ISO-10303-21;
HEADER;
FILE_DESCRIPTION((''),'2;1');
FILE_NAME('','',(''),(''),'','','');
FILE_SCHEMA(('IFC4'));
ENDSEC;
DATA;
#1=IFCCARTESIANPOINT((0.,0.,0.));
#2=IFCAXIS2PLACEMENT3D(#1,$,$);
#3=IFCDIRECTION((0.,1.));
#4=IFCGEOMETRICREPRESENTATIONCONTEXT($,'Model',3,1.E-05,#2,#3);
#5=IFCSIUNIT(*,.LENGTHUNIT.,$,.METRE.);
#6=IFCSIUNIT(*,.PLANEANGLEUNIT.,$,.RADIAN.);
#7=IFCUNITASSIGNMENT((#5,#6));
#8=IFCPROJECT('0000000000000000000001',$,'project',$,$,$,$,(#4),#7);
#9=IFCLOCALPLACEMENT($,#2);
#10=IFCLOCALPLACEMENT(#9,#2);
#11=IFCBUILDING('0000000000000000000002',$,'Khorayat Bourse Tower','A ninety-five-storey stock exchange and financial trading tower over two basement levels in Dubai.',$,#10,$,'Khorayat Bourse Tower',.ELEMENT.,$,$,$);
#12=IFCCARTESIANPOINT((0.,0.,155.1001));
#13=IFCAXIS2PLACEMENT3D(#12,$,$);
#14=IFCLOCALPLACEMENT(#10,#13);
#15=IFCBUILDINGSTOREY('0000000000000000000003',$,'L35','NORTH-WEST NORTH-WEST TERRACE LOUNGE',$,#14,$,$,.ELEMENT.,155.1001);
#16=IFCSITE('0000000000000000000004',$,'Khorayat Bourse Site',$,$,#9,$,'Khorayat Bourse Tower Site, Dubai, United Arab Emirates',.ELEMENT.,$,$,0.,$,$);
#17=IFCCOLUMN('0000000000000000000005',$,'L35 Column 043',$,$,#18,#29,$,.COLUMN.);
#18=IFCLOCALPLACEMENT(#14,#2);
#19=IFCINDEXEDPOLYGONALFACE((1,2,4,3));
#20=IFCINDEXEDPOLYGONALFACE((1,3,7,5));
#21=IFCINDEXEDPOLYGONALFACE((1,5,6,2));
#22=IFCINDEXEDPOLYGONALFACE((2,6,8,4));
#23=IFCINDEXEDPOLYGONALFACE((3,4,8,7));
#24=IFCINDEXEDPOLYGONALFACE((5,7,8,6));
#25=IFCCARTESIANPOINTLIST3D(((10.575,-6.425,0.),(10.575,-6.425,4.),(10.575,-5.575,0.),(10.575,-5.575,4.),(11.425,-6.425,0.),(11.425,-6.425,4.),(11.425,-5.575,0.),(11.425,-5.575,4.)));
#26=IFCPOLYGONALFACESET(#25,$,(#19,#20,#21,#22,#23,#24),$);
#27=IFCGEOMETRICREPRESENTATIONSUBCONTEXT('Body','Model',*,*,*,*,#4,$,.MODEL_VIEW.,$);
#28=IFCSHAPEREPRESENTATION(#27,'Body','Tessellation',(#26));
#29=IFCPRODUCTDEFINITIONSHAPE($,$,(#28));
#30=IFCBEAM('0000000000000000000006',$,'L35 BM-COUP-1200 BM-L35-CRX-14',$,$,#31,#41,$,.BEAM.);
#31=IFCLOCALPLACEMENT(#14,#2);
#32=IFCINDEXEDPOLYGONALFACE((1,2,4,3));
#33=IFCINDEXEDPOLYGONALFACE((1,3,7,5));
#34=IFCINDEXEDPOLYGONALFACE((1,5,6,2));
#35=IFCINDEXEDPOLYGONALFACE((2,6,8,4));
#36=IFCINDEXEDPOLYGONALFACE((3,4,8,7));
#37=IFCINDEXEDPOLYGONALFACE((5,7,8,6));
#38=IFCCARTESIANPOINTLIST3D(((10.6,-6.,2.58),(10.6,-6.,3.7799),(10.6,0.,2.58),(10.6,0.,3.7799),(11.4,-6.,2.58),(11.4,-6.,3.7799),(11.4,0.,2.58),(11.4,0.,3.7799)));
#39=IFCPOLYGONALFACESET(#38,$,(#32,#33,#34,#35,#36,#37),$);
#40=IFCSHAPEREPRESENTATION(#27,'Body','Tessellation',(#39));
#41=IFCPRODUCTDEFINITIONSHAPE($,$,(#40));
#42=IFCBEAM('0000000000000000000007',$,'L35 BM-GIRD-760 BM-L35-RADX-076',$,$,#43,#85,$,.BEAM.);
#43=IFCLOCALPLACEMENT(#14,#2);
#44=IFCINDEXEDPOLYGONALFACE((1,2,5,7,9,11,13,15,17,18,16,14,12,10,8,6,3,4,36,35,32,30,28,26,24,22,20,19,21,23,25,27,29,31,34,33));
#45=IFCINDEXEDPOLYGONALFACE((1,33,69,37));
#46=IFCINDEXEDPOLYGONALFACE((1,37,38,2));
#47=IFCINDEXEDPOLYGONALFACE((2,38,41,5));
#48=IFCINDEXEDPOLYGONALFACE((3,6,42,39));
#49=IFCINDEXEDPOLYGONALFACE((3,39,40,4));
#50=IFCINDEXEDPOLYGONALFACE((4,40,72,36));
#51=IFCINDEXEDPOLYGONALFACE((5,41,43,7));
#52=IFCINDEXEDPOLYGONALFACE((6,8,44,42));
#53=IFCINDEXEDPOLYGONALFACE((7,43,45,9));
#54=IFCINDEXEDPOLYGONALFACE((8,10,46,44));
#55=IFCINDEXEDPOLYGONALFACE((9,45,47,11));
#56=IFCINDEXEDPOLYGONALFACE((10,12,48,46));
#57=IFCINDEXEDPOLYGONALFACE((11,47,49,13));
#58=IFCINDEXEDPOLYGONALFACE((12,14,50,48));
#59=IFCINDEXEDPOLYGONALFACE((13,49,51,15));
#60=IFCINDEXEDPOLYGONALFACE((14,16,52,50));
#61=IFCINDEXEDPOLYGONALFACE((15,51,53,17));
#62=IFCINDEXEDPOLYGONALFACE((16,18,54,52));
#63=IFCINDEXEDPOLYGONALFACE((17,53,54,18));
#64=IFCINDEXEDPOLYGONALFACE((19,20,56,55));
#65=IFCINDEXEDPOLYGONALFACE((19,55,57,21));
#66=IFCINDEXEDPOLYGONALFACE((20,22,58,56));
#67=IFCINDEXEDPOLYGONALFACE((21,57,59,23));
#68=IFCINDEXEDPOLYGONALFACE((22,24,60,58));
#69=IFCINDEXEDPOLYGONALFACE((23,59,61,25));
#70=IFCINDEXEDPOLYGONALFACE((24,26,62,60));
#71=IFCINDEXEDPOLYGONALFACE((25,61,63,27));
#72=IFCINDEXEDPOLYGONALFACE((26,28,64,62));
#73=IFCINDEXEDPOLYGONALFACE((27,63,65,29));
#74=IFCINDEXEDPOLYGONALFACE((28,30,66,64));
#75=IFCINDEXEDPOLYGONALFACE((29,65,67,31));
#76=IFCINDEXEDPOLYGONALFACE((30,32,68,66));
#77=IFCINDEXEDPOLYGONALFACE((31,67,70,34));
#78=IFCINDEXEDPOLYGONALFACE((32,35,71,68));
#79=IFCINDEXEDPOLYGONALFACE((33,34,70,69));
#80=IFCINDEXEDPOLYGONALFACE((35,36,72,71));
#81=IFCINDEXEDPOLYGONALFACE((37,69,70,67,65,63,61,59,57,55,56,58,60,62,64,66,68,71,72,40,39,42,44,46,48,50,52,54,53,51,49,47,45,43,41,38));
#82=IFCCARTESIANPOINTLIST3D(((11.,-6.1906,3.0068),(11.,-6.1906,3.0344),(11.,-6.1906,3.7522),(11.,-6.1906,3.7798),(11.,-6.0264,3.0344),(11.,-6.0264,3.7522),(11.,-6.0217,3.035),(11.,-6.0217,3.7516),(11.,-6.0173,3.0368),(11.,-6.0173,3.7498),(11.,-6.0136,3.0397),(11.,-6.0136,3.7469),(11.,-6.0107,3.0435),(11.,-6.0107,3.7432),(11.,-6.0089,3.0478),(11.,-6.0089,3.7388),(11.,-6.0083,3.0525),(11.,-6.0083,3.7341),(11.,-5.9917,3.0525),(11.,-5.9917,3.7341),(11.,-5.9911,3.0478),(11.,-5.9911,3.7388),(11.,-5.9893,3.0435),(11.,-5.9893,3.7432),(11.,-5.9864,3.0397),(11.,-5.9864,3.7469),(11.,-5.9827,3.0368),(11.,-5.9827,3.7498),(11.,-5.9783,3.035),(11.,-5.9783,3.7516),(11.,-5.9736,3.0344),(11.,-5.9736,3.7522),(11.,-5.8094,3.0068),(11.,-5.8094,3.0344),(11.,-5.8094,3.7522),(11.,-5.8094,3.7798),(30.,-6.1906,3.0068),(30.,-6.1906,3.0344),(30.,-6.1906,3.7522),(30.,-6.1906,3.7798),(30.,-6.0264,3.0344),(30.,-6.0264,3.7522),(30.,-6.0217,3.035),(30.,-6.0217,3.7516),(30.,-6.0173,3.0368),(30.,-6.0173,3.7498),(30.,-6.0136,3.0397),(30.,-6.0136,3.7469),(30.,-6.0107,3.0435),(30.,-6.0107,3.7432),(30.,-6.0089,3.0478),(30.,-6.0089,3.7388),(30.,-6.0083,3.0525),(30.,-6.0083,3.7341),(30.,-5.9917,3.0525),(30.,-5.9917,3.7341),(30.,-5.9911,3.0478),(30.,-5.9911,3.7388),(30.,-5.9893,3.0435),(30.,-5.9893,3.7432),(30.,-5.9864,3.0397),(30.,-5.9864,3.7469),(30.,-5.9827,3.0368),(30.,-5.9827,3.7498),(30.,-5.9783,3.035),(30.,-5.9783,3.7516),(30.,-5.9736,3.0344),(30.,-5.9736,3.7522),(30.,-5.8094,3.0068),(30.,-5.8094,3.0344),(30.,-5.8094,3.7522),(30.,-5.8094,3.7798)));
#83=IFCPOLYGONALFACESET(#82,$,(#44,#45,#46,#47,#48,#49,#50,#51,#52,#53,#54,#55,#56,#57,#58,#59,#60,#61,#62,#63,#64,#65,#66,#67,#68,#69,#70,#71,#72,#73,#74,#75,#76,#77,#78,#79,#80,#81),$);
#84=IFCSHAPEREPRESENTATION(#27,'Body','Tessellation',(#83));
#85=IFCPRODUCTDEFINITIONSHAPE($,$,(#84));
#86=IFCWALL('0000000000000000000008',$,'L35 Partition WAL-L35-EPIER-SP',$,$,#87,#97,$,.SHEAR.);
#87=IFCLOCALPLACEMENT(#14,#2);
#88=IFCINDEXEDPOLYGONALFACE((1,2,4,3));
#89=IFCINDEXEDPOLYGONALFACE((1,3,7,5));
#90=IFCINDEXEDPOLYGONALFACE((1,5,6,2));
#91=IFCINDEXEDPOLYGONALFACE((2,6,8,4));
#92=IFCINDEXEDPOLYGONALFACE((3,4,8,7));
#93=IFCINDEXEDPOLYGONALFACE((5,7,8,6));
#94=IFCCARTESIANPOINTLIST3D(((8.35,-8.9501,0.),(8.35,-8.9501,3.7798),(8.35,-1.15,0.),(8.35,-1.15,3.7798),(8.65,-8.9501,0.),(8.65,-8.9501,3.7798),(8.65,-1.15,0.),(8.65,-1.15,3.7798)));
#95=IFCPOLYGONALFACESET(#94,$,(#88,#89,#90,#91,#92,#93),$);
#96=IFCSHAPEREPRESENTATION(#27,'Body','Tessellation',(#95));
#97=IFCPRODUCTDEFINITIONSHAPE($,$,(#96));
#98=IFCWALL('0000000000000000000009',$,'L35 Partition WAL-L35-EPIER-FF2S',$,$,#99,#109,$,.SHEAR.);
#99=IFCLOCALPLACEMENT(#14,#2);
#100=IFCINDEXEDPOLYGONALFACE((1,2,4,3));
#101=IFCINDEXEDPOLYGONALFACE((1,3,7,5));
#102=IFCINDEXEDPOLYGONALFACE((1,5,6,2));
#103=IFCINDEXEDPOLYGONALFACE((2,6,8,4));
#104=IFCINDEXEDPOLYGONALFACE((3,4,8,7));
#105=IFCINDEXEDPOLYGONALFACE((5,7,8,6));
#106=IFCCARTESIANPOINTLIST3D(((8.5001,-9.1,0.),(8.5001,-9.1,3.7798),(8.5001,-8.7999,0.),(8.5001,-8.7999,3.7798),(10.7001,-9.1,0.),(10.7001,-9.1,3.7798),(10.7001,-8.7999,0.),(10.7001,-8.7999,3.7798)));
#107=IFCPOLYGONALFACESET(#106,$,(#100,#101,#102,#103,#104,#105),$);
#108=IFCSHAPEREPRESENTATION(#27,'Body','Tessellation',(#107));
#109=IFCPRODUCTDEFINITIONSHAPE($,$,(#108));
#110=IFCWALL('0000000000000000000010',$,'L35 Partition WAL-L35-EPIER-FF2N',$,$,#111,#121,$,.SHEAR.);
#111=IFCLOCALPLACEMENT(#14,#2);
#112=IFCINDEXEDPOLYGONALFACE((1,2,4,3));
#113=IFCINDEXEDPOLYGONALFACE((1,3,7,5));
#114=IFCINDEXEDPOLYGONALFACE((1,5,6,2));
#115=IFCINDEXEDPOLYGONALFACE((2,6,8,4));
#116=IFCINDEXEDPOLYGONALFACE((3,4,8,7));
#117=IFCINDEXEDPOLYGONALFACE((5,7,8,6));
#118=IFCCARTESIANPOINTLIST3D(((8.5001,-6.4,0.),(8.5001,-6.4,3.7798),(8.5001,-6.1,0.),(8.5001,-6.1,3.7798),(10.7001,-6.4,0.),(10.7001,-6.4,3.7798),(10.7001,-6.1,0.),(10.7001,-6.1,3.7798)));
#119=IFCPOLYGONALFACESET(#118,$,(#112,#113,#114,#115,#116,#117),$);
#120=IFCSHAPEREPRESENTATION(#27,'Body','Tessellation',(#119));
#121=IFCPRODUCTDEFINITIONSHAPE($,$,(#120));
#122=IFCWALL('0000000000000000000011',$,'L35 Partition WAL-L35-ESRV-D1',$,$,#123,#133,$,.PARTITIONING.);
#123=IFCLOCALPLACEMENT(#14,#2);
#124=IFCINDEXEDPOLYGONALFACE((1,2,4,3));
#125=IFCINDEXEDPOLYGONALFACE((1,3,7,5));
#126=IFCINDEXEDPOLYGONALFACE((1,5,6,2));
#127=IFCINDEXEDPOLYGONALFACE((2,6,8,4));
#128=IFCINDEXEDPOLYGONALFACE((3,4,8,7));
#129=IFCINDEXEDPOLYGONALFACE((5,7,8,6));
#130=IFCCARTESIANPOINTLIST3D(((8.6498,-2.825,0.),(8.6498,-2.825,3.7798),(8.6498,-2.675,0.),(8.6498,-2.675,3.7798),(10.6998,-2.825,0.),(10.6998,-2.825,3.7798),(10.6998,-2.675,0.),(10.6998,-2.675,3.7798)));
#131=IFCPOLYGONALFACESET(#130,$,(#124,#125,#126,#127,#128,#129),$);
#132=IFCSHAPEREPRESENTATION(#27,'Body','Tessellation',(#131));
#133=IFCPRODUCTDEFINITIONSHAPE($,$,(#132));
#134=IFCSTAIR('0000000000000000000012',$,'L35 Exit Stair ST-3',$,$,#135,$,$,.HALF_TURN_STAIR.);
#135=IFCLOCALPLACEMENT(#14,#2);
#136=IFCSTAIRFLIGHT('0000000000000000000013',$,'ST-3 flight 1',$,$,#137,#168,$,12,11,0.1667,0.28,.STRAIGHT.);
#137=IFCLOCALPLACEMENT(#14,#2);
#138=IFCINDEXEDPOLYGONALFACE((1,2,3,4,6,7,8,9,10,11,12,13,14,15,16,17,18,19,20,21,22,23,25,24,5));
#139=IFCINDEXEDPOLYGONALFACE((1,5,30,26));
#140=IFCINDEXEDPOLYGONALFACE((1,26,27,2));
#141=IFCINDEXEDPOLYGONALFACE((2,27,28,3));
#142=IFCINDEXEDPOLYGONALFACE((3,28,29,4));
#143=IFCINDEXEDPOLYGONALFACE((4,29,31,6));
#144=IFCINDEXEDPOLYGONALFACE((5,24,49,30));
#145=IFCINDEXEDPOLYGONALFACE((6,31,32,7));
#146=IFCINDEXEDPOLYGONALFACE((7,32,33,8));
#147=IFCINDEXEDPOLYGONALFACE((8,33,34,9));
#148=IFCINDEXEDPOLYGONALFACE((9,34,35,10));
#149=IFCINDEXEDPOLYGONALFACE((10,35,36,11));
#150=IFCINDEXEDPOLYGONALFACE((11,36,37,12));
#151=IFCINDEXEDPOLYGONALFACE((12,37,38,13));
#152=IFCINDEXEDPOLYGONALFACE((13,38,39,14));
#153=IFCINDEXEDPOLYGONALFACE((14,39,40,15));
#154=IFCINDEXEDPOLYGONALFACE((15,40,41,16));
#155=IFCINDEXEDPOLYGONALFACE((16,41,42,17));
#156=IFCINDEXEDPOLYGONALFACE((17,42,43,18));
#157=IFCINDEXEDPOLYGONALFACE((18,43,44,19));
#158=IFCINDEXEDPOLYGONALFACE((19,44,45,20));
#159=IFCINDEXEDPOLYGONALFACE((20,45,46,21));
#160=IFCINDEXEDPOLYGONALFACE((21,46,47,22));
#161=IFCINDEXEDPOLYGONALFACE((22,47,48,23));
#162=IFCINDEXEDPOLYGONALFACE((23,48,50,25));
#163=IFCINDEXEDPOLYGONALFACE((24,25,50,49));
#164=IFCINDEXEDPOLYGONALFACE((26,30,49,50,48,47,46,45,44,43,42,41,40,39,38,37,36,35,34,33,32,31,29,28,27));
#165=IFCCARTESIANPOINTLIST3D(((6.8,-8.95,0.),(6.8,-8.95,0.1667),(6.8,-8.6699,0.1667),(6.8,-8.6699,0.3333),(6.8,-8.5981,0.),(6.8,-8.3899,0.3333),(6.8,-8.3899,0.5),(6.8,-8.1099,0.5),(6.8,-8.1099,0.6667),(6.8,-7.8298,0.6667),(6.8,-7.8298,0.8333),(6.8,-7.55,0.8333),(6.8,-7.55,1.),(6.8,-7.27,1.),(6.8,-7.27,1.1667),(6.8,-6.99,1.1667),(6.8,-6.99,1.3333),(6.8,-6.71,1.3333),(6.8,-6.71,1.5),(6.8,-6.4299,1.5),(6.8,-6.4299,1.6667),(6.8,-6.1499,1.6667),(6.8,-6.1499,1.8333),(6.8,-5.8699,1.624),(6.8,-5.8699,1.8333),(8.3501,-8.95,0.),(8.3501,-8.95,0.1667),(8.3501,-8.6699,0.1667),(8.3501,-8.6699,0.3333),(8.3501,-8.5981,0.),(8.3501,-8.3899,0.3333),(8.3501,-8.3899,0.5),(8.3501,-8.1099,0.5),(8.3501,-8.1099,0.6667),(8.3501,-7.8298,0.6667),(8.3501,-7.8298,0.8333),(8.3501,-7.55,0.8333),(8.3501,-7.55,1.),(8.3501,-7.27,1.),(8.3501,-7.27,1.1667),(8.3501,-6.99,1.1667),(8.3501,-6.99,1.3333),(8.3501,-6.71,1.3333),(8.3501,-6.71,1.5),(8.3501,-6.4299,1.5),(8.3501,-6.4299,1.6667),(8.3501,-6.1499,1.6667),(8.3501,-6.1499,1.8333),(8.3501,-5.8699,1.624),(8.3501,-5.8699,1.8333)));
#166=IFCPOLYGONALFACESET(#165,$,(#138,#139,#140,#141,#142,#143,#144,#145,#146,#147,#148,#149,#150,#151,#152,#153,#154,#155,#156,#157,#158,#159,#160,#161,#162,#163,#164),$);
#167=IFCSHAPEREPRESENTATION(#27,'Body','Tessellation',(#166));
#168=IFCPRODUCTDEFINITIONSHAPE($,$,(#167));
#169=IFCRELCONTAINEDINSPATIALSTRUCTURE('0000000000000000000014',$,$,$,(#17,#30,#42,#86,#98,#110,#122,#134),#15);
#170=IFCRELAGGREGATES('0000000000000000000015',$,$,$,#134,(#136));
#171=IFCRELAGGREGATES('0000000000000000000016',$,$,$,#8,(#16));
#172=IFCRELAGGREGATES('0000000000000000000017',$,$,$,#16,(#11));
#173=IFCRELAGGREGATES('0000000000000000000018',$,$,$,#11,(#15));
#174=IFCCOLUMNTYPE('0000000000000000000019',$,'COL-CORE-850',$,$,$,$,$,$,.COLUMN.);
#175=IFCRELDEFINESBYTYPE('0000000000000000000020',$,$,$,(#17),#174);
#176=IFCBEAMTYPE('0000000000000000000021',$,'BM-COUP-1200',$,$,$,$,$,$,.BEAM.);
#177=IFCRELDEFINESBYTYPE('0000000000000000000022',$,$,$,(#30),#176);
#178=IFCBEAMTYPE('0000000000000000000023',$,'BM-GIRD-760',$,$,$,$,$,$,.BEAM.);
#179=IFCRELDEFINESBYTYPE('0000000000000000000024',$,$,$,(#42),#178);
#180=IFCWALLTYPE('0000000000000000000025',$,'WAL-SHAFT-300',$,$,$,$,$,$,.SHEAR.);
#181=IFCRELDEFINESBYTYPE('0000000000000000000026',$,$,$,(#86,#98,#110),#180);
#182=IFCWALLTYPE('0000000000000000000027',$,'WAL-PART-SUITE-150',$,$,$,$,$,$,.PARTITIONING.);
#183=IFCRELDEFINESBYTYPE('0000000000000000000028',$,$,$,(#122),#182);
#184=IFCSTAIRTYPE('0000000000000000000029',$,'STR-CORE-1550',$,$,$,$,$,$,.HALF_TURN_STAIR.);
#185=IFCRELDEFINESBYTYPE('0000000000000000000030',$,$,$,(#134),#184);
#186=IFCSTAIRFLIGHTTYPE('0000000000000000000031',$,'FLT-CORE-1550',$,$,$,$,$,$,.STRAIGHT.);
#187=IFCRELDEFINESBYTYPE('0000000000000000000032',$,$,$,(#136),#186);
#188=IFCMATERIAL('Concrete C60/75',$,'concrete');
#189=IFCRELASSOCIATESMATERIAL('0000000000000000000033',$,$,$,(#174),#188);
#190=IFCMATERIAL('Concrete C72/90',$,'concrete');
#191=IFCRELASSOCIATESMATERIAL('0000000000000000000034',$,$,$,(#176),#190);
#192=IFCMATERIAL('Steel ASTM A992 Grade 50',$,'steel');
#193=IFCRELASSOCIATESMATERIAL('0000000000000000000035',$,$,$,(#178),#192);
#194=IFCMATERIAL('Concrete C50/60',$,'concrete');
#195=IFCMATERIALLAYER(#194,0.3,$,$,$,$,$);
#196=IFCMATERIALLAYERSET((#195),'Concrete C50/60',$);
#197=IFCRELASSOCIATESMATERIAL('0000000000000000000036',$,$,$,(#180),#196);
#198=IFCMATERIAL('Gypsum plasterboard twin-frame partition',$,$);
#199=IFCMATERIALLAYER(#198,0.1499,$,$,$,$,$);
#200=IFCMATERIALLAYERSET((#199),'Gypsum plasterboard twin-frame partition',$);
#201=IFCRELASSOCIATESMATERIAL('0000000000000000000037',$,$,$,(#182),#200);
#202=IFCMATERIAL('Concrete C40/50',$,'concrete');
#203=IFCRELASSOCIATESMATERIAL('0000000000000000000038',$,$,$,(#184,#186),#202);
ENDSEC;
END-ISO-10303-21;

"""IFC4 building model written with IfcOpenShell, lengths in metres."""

from ifc_helpers import new_model, si_unit, direction, frame, frame_2d, origin, origin_2d, place, context, subcontext, project, spatial, polyline, rectangle, i_section, outline, extrude, source, transform, mapped, material, layer, layer_set, material_profile, profile_set, type_object, element, aggregate, save


model = new_model("IFC4")

# Units and contexts
model_context = context("Model", 3, precision=1e-05, world=origin(), true_north=direction((0.0, 1.0)))
body_context = subcontext(model_context, "Body", "Model", "MODEL_VIEW")
ifc_project = project(units=[si_unit("LENGTHUNIT", "METRE"), si_unit("PLANEANGLEUNIT", "RADIAN")], contexts=[model_context])

# Site, building, storey
site_placement = place(None, origin())
site = spatial("IfcSite", under=ifc_project, at=site_placement, Name="Khorayat Bourse Site", LongName="Khorayat Bourse Tower Site, Dubai, United Arab Emirates", CompositionType="ELEMENT", RefElevation=0.0)
building_placement = place(site_placement, origin())
building = spatial("IfcBuilding", under=site, at=building_placement, Name="Khorayat Bourse Tower", Description="A ninety-five-storey stock exchange and financial trading tower over two basement levels in Dubai.", LongName="Khorayat Bourse Tower", CompositionType="ELEMENT")
storey_placement = place(building_placement, frame((0.0, 0.0, 155.1001)))
storey = spatial("IfcBuildingStorey", under=building, at=storey_placement, Name="L35", Description="NORTH-WEST NORTH-WEST TERRACE LOUNGE", CompositionType="ELEMENT", Elevation=155.1001)

# Column
ifc_material_1 = material(Name="Concrete C60/75", Category="concrete")
ifc_material_profile_1 = material_profile(ifc_material_1, rectangle(XDim=0.8501, YDim=0.8501, at=origin_2d()), Name="RC 850x850")
ifc_profile_set_1 = profile_set([ifc_material_profile_1], Name="Concrete C60/75")
column_type = type_object("IfcColumnType", Name="COL-CORE-850", PredefinedType="COLUMN", material=ifc_profile_set_1)
shared_shape_1 = source(origin(), body_context, "Body", "SweptSolid", [
    extrude(rectangle(XDim=0.8501, YDim=0.8501, at=origin_2d()), origin(), (0.0, 0.0, 1.0), 4.0),
])
column_placement = place(storey_placement, frame((11.0, -6.0, 0.0), z_axis=(0.0, 0.0, 1.0), x_axis=(1.0, 0.0, 0.0)))
element("IfcColumn", 1, at=column_placement, inside=storey, type_object=column_type, Name="L35 Column 043", PredefinedType="COLUMN", context=body_context, shape_type="MappedRepresentation", body=[
    mapped(shared_shape_1, transform((0.0, 0.0, 0.0), scale=1.0)),
])

# Beams
ifc_material_2 = material(Name="Concrete C72/90", Category="concrete")
ifc_material_profile_2 = material_profile(ifc_material_2, rectangle(XDim=0.8, YDim=1.2, at=origin_2d()), Name="RC 800x1200")
ifc_profile_set_2 = profile_set([ifc_material_profile_2], Name="Concrete C72/90")
beam_type_1 = type_object("IfcBeamType", Name="BM-COUP-1200", PredefinedType="BEAM", material=ifc_profile_set_2)
shared_shape_2 = source(origin(), body_context, "Body", "SweptSolid", [
    extrude(rectangle(XDim=0.8, YDim=1.2, at=origin_2d()), origin(), (0.0, 0.0, 1.0), 6.0),
])
beam_1_placement = place(storey_placement, frame((11.0, -6.0, 3.1799), z_axis=(0.0, 1.0, 0.0), x_axis=(-1.0, 0.0, 0.0)))
element("IfcBeam", 2, at=beam_1_placement, inside=storey, type_object=beam_type_1, Name="L35 BM-COUP-1200 BM-L35-CRX-14", PredefinedType="BEAM", context=body_context, shape_type="MappedRepresentation", body=[
    mapped(shared_shape_2, transform((0.0, 0.0, 0.0), scale=1.0)),
])
ifc_material_3 = material(Name="Steel ASTM A992 Grade 50", Category="steel")
ifc_material_profile_3 = material_profile(ifc_material_3, i_section(OverallWidth=0.3811, OverallDepth=0.7729, WebThickness=0.0166, FlangeThickness=0.0276, FilletRadius=0.0181, at=origin_2d()), Name="W760X257")
ifc_profile_set_3 = profile_set([ifc_material_profile_3], Name="Steel ASTM A992 Grade 50")
beam_type_2 = type_object("IfcBeamType", Name="BM-GIRD-760", PredefinedType="BEAM", material=ifc_profile_set_3)
shared_shape_3 = source(origin(), body_context, "Body", "SweptSolid", [
    extrude(i_section(OverallWidth=0.3811, OverallDepth=0.7729, WebThickness=0.0166, FlangeThickness=0.0276, FilletRadius=0.0181, at=origin_2d()), origin(), (0.0, 0.0, 1.0), 19.0),
])
beam_2_placement = place(storey_placement, frame((11.0, -6.0, 3.3933), z_axis=(1.0, 0.0, 0.0), x_axis=(0.0, 1.0, 0.0)))
element("IfcBeam", 3, at=beam_2_placement, inside=storey, type_object=beam_type_2, Name="L35 BM-GIRD-760 BM-L35-RADX-076", PredefinedType="BEAM", context=body_context, shape_type="MappedRepresentation", body=[
    mapped(shared_shape_3, transform((0.0, 0.0, 0.0), scale=1.0)),
])

# Walls
ifc_material_4 = material(Name="Concrete C50/60", Category="concrete")
ifc_layer_1 = layer(ifc_material_4, 0.3)
ifc_layer_set_1 = layer_set([ifc_layer_1], Name="Concrete C50/60")
wall_type_1 = type_object("IfcWallType", Name="WAL-SHAFT-300", PredefinedType="SHEAR", material=ifc_layer_set_1)
shared_shape_4 = source(origin(), body_context, "Body", "SweptSolid", [
    extrude(rectangle(XDim=7.8, YDim=0.3, at=frame_2d((3.8999, 0.0))), origin(), (0.0, 0.0, 1.0), 3.7798),
])
wall_1_placement = place(storey_placement, frame((8.5, -8.95, 0.0), z_axis=(0.0, 0.0, 1.0), x_axis=(0.0, 1.0, 0.0)))
element("IfcWall", 4, at=wall_1_placement, inside=storey, type_object=wall_type_1, Name="L35 Partition WAL-L35-EPIER-SP", PredefinedType="SHEAR", context=body_context, shape_type="MappedRepresentation", body=[
    mapped(shared_shape_4, transform((0.0, 0.0, 0.0), scale=1.0)),
])
shared_shape_5 = source(origin(), body_context, "Body", "SweptSolid", [
    extrude(rectangle(XDim=2.2, YDim=0.3, at=frame_2d((1.1001, 0.0))), origin(), (0.0, 0.0, 1.0), 3.7798),
])
for number, where, z_axis, x_axis, name in (
    (5, (8.5, -8.95, 0.0), (0.0, 0.0, 1.0), (1.0, 0.0, 0.0), "L35 Partition WAL-L35-EPIER-FF2S"),
    (6, (8.5, -6.25, 0.0), (0.0, 0.0, 1.0), (1.0, 0.0, 0.0), "L35 Partition WAL-L35-EPIER-FF2N"),
):
    element("IfcWall", number, at=place(storey_placement, frame(where, z_axis=z_axis, x_axis=x_axis)), inside=storey, type_object=wall_type_1, Name=name, PredefinedType="SHEAR", context=body_context, shape_type="MappedRepresentation", body=[
        mapped(shared_shape_5, transform((0.0, 0.0, 0.0), scale=1.0)),
    ])
ifc_material_5 = material(Name="Gypsum plasterboard twin-frame partition")
ifc_layer_2 = layer(ifc_material_5, 0.1499)
ifc_layer_set_2 = layer_set([ifc_layer_2], Name="Gypsum plasterboard twin-frame partition")
wall_type_2 = type_object("IfcWallType", Name="WAL-PART-SUITE-150", PredefinedType="PARTITIONING", material=ifc_layer_set_2)
shared_shape_6 = source(origin(), body_context, "Body", "SweptSolid", [
    extrude(rectangle(XDim=2.05, YDim=0.1499, at=frame_2d((1.0249, 0.0))), origin(), (0.0, 0.0, 1.0), 3.7798),
])
wall_2_placement = place(storey_placement, frame((8.6499, -2.75, 0.0), z_axis=(0.0, 0.0, 1.0), x_axis=(1.0, 0.0, 0.0)))
element("IfcWall", 7, at=wall_2_placement, inside=storey, type_object=wall_type_2, Name="L35 Partition WAL-L35-ESRV-D1", PredefinedType="PARTITIONING", context=body_context, shape_type="MappedRepresentation", body=[
    mapped(shared_shape_6, transform((0.0, 0.0, 0.0), scale=1.0)),
])

# Stair, stair flight
ifc_material_6 = material(Name="Concrete C40/50", Category="concrete")
stair_type = type_object("IfcStairType", Name="STR-CORE-1550", PredefinedType="HALF_TURN_STAIR", material=ifc_material_6)
stair_placement = place(storey_placement, origin())
stair = element("IfcStair", 8, at=stair_placement, inside=storey, type_object=stair_type, Name="L35 Exit Stair ST-3", PredefinedType="HALF_TURN_STAIR")
stair_flight_type = type_object("IfcStairFlightType", Name="FLT-CORE-1550", PredefinedType="STRAIGHT", material=ifc_material_6)
shared_shape_7 = source(origin(), body_context, "Body", "SweptSolid", [
    extrude(outline(polyline([(0.0, 0.0), (0.0, 0.1667), (0.28, 0.1667), (0.28, 0.3333), (0.5601, 0.3333), (0.5601, 0.5), (0.8401, 0.5), (0.8401, 0.6667), (1.1201, 0.6667), (1.1201, 0.8333), (1.3999, 0.8333), (1.3999, 1.0), (1.6799, 1.0), (1.6799, 1.1667), (1.96, 1.1667), (1.96, 1.3333), (2.24, 1.3333), (2.24, 1.5), (2.52, 1.5), (2.52, 1.6667), (2.8, 1.6667), (2.8, 1.8333), (3.0801, 1.8333), (3.0801, 2.0), (3.0801, 1.624), (0.3518, 0.0), (0.0, 0.0)])), frame((0.0, 0.7749, 0.0), z_axis=(0.0, -1.0, 0.0), x_axis=(1.0, 0.0, 0.0)), (0.0, 0.0, 1.0), 1.55),
])
stair_flight_1_placement = place(storey_placement, frame((7.575, -8.95, 0.0), z_axis=(0.0, 0.0, 1.0), x_axis=(0.0, 1.0, 0.0)))
stair_flight_1 = element("IfcStairFlight", 9, at=stair_flight_1_placement, type_object=stair_flight_type, Name="ST-3 flight 1", NumberOfRisers=12, NumberOfTreads=11, PredefinedType="STRAIGHT", RiserHeight=0.1667, TreadLength=0.28, context=body_context, shape_type="MappedRepresentation", body=[
    mapped(shared_shape_7, transform((0.0, 0.0, 0.0), scale=1.0)),
])
aggregate(stair, [stair_flight_1])

save(model, "model.ifc")
